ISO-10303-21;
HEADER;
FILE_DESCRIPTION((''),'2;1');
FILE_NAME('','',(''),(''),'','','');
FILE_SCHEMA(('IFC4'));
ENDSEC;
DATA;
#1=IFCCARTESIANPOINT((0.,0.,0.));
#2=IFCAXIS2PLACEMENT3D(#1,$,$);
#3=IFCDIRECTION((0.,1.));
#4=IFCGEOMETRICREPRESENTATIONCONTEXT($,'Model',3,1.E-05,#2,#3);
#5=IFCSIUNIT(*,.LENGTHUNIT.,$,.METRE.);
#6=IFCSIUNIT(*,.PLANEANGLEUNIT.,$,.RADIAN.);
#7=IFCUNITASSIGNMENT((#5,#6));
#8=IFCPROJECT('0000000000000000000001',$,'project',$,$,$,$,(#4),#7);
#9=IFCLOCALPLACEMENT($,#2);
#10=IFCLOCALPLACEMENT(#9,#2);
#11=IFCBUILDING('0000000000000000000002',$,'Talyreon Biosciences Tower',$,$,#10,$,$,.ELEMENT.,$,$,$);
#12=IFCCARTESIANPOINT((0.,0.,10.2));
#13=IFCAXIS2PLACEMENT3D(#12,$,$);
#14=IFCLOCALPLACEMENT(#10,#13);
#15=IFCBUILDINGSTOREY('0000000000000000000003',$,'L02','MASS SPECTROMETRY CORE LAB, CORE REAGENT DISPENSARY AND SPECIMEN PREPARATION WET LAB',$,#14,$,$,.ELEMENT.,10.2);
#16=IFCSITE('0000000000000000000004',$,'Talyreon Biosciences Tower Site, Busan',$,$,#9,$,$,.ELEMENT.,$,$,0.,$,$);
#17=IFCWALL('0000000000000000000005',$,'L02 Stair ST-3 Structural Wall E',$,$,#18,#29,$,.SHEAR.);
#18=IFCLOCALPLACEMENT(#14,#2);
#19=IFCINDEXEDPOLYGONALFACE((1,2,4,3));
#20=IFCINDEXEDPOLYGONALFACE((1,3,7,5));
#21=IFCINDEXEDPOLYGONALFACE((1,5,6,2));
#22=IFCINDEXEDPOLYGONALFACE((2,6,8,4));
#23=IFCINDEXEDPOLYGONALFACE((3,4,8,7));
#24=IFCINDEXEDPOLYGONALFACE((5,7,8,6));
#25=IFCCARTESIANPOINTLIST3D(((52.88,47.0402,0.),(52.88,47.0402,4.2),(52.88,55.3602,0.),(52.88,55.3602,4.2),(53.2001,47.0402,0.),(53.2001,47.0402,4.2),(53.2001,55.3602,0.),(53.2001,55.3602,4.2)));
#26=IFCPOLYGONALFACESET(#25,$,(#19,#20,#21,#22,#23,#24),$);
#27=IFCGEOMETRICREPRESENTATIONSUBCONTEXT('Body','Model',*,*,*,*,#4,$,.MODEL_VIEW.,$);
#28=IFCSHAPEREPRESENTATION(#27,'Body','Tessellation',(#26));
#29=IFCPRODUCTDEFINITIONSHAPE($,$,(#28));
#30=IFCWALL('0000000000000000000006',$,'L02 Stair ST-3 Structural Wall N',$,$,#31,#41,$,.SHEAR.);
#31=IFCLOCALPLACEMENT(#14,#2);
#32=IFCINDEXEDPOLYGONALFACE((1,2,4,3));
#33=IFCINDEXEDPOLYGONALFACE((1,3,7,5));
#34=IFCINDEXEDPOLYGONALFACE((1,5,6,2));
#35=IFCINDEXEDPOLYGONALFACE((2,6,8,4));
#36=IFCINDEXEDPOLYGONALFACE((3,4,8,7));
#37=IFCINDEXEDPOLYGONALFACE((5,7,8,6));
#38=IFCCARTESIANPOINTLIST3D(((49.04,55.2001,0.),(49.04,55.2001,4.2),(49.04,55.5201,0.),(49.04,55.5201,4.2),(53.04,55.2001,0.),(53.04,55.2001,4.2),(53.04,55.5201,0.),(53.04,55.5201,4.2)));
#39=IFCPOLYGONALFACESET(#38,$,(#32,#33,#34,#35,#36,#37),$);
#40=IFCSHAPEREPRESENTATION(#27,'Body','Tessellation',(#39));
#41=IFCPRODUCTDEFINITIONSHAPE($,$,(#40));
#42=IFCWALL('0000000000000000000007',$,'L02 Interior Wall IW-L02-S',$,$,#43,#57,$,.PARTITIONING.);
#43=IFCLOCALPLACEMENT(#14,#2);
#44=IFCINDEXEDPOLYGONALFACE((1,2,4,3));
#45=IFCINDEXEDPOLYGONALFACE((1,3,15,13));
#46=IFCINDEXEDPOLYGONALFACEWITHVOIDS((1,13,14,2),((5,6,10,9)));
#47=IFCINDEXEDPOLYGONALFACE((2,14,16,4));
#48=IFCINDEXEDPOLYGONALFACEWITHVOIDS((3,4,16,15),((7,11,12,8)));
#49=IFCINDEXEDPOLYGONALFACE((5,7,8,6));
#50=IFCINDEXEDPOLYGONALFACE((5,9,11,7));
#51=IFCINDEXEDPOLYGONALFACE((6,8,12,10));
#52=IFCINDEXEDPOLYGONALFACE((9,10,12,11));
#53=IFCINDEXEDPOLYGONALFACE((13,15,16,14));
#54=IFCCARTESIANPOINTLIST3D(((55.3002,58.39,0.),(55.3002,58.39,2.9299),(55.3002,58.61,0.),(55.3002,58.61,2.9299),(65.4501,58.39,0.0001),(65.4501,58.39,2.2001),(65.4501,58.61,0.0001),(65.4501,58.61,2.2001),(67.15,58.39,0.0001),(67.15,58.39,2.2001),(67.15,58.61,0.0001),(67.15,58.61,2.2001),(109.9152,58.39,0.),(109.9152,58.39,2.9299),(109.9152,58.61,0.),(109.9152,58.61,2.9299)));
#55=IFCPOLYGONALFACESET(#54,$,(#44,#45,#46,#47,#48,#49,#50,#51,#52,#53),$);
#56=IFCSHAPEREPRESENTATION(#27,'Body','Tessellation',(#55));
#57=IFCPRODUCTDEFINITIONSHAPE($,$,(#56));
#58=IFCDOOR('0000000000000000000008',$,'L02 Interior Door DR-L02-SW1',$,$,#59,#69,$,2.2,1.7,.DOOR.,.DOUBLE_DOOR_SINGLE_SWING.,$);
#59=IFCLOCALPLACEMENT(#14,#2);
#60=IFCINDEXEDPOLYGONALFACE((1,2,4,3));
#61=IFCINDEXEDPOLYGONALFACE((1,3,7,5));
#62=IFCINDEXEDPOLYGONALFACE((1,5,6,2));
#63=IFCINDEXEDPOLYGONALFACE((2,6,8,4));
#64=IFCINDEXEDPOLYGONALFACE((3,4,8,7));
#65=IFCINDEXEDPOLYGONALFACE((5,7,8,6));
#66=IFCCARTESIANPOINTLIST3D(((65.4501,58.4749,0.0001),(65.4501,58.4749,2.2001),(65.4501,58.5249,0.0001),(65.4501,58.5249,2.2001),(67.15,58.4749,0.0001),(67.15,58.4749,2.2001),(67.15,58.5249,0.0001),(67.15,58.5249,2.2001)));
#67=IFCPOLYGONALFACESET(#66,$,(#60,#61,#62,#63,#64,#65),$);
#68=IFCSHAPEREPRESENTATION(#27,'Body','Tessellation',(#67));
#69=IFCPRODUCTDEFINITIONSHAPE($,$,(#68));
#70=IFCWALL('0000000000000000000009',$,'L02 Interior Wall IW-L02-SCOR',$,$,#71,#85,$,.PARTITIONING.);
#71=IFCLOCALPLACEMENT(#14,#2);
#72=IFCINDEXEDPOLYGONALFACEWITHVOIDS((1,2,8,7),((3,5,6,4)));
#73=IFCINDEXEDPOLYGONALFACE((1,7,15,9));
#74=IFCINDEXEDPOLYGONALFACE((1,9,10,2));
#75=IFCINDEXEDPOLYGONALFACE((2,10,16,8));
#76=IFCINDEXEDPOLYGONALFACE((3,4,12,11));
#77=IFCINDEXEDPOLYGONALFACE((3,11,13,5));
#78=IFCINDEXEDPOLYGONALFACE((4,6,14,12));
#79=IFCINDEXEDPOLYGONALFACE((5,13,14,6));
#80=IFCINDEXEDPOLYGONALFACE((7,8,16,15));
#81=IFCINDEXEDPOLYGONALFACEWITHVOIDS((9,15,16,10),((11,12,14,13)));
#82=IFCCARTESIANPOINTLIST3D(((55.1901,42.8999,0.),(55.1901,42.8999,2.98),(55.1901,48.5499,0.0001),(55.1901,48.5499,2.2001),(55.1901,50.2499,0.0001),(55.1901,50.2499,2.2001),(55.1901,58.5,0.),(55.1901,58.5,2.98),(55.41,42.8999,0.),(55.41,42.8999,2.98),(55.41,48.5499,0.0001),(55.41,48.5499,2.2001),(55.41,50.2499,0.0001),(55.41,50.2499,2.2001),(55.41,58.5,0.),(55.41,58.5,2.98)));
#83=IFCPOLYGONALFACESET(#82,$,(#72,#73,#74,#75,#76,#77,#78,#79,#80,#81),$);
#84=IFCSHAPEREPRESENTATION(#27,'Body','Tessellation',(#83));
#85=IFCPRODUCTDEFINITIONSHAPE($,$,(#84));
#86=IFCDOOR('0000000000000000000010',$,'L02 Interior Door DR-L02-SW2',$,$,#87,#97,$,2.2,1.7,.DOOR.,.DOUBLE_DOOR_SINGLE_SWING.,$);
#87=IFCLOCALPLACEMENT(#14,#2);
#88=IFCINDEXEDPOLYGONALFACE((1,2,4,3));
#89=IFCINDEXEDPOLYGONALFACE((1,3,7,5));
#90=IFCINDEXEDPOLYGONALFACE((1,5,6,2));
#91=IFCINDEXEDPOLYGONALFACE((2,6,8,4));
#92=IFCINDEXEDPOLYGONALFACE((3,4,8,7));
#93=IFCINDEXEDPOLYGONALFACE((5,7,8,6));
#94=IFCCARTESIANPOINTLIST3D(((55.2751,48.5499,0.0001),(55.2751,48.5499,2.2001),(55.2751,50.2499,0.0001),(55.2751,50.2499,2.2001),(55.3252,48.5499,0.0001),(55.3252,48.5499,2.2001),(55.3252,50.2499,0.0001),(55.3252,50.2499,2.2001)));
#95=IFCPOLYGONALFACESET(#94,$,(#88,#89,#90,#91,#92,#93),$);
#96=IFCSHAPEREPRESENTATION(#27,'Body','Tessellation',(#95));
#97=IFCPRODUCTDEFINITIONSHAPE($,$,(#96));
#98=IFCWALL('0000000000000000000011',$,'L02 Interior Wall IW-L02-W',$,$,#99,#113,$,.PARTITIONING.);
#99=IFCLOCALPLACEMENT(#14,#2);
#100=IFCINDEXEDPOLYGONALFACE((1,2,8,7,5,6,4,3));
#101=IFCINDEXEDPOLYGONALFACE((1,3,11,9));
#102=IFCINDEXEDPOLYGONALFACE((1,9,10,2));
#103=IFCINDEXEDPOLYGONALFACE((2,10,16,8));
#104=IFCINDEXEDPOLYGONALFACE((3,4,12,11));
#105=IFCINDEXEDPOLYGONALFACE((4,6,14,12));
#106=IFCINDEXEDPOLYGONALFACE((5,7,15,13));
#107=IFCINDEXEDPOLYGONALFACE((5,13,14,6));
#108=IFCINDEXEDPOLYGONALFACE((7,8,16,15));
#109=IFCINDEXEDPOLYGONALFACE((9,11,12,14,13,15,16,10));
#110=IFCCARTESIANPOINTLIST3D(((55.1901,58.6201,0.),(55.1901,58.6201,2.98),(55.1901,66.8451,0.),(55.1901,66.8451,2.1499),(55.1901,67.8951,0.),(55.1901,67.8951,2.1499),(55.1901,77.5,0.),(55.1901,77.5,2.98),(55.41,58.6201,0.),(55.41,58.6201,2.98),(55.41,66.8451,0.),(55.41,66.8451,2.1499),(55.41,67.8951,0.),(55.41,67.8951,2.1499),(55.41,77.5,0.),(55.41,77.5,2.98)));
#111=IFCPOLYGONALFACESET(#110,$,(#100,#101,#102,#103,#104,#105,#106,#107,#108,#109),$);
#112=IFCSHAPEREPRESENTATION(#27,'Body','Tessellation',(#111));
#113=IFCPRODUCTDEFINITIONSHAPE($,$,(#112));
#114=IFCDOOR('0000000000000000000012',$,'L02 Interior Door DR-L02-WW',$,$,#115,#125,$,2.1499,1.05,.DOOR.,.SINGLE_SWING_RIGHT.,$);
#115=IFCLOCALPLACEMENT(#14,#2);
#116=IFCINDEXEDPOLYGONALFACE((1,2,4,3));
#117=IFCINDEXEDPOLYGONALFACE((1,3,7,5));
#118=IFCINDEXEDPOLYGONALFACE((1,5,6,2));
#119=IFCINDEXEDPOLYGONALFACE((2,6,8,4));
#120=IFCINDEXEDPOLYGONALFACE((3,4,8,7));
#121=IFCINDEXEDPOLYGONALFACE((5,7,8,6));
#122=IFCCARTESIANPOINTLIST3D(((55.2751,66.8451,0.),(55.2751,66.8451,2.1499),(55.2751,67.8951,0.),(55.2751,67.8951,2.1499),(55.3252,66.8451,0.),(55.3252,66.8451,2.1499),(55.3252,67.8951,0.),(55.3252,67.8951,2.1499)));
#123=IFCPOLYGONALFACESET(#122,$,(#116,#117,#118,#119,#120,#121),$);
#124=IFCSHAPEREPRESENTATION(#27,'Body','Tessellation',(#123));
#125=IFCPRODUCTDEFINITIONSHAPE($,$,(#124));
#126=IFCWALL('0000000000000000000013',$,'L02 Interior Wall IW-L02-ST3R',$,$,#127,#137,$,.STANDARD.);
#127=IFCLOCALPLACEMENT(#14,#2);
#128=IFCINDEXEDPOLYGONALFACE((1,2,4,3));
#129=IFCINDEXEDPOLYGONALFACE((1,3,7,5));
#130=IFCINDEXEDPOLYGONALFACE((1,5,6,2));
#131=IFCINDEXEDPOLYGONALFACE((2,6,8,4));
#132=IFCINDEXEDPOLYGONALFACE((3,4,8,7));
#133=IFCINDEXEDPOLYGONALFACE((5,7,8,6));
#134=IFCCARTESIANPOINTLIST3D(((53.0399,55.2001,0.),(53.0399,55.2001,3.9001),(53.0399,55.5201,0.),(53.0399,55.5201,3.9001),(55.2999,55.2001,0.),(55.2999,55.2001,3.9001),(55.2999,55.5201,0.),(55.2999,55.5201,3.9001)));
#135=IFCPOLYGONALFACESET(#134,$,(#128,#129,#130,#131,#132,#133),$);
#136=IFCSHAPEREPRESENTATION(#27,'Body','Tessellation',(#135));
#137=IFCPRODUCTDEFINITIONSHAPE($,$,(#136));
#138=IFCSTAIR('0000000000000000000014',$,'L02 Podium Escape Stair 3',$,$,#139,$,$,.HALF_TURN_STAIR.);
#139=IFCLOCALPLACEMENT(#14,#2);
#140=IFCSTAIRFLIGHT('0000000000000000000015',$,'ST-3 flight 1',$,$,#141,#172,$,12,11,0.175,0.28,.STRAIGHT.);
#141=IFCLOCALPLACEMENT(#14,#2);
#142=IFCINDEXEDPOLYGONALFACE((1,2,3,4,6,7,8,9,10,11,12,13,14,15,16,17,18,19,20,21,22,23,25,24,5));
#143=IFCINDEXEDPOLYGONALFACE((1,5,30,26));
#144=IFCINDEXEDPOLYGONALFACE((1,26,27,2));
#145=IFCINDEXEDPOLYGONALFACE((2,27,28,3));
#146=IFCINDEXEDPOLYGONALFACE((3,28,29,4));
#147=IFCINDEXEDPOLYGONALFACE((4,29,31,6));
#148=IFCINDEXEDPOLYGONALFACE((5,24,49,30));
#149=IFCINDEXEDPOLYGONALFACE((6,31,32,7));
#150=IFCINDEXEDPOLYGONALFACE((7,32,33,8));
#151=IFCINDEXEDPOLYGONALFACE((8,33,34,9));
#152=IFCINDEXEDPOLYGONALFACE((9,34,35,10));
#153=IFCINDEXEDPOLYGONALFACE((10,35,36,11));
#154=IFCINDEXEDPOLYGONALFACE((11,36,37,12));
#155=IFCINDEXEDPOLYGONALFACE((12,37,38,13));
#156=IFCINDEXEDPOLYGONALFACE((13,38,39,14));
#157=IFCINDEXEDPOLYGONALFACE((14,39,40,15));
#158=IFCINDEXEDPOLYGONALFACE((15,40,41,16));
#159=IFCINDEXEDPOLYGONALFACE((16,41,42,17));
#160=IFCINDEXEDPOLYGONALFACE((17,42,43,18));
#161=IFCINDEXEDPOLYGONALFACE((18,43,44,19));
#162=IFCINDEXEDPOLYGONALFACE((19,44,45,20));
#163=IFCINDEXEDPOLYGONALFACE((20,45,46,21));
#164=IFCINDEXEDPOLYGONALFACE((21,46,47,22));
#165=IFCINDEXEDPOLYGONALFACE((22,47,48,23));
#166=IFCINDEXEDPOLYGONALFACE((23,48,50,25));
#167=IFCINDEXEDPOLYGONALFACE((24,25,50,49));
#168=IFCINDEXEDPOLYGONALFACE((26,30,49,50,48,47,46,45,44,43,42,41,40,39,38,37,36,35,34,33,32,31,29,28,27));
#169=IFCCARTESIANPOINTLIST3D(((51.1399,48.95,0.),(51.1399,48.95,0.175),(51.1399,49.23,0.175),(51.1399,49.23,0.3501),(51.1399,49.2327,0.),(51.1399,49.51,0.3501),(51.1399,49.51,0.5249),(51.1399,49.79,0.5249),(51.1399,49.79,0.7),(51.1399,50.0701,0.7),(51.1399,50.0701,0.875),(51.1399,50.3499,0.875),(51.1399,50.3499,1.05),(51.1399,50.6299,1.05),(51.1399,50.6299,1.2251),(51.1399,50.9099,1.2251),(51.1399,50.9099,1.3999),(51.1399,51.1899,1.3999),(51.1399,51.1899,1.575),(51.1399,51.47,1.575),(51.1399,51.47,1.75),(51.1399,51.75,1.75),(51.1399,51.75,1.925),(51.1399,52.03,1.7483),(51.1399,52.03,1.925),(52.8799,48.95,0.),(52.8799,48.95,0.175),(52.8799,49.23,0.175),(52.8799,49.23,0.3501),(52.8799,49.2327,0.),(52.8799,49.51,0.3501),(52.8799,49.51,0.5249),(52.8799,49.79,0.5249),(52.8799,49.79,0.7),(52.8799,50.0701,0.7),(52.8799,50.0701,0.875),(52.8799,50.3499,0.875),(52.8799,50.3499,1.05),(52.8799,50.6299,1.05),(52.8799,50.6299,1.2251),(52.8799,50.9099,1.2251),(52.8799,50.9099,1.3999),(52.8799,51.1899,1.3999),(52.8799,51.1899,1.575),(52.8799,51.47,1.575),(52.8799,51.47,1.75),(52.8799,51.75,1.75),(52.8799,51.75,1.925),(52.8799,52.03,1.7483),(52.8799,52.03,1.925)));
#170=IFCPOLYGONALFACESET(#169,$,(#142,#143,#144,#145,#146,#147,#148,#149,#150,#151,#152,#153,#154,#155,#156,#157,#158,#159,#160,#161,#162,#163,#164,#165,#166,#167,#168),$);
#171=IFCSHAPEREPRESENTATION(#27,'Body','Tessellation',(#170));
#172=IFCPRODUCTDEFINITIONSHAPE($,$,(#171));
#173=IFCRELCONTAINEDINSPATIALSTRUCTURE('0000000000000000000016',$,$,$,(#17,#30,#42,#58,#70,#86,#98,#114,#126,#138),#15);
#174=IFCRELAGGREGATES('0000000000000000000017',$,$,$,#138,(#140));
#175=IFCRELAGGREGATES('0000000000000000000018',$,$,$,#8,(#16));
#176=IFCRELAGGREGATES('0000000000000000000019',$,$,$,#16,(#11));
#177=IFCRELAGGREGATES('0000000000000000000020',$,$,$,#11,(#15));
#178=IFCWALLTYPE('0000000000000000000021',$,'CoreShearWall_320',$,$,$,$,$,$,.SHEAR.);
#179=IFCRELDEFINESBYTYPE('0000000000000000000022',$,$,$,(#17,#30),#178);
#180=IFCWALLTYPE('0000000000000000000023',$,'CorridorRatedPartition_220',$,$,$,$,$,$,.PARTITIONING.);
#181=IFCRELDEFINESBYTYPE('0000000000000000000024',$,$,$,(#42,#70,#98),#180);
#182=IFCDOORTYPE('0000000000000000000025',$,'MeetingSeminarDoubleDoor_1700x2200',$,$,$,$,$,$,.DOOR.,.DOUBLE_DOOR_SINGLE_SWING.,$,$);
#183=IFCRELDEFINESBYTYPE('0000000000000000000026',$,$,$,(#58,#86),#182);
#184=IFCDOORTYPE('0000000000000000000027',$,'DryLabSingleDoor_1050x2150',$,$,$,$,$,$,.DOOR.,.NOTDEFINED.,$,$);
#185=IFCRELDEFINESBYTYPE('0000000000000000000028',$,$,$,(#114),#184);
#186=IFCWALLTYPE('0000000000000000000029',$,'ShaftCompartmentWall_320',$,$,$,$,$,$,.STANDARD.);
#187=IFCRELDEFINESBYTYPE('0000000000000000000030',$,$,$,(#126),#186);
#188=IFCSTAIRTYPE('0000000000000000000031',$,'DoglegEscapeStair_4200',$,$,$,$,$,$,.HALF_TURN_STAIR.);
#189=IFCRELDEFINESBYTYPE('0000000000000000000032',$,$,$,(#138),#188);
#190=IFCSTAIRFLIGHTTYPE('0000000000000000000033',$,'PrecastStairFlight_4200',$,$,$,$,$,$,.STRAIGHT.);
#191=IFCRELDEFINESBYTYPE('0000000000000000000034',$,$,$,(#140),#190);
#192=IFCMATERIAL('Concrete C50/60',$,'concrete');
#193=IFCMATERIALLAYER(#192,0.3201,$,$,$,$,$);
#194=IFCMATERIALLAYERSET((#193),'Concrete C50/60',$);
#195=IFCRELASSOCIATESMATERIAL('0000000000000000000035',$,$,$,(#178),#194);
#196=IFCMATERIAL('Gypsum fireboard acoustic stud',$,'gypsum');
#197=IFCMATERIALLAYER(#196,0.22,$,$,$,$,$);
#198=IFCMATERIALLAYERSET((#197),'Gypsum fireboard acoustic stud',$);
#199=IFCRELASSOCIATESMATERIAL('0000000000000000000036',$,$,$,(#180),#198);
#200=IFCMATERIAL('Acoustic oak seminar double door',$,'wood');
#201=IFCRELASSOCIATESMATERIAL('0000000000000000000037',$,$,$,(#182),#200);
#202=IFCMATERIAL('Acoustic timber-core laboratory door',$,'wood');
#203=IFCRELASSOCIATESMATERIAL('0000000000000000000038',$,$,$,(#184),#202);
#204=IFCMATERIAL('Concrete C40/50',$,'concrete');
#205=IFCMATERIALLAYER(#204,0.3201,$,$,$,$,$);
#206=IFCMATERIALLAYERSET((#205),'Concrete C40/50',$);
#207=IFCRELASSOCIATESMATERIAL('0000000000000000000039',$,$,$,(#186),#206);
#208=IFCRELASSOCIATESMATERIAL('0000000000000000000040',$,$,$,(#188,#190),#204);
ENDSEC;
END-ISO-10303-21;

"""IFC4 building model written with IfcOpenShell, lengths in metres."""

from ifc_helpers import new_model, si_unit, direction, frame, frame_2d, origin, place, context, subcontext, project, spatial, polyline, rectangle, outline, extrude, material, layer, layer_set, type_object, element, fill, aggregate, save


model = new_model("IFC4")

# Units and contexts
model_context = context("Model", 3, precision=1e-05, world=origin(), true_north=direction((0.0, 1.0)))
body_context = subcontext(model_context, "Body", "Model", "MODEL_VIEW")
ifc_project = project(units=[si_unit("LENGTHUNIT", "METRE"), si_unit("PLANEANGLEUNIT", "RADIAN")], contexts=[model_context])

# Site, building, storey
site_placement = place(None, origin())
site = spatial("IfcSite", under=ifc_project, at=site_placement, Name="Talyreon Biosciences Tower Site, Busan", CompositionType="ELEMENT", RefElevation=0.0)
building_placement = place(site_placement, origin())
building = spatial("IfcBuilding", under=site, at=building_placement, Name="Talyreon Biosciences Tower", CompositionType="ELEMENT")
storey_placement = place(building_placement, frame((0.0, 0.0, 10.2)))
storey = spatial("IfcBuildingStorey", under=building, at=storey_placement, Name="L02", Description="MASS SPECTROMETRY CORE LAB, CORE REAGENT DISPENSARY AND SPECIMEN PREPARATION WET LAB", CompositionType="ELEMENT", Elevation=10.2)

# Walls
ifc_material_1 = material(Name="Concrete C50/60", Category="concrete")
ifc_layer_1 = layer(ifc_material_1, 0.3201)
ifc_layer_set_1 = layer_set([ifc_layer_1], Name="Concrete C50/60")
wall_type_1 = type_object("IfcWallType", Name="CoreShearWall_320", PredefinedType="SHEAR", material=ifc_layer_set_1)
wall_1_placement = place(storey_placement, frame((53.04, 47.04, 0.0), z_axis=(0.0, 0.0, 1.0), x_axis=(0.0, 1.0, 0.0)))
element("IfcWall", 1, at=wall_1_placement, inside=storey, type_object=wall_type_1, Name="L02 Stair ST-3 Structural Wall E", PredefinedType="SHEAR", context=body_context, shape_type="SweptSolid", body=[
    extrude(rectangle(XDim=8.3201, YDim=0.3201, at=frame_2d((4.1602, 0.0))), origin(), (0.0, 0.0, 1.0), 4.2),
])
wall_2_placement = place(storey_placement, frame((49.04, 55.3601, 0.0), z_axis=(0.0, 0.0, 1.0), x_axis=(1.0, 0.0, 0.0)))
element("IfcWall", 2, at=wall_2_placement, inside=storey, type_object=wall_type_1, Name="L02 Stair ST-3 Structural Wall N", PredefinedType="SHEAR", context=body_context, shape_type="SweptSolid", body=[
    extrude(rectangle(XDim=4.0, YDim=0.3201, at=frame_2d((2.0, 0.0))), origin(), (0.0, 0.0, 1.0), 4.2),
])

# Walls, openings, doors
ifc_material_2 = material(Name="Gypsum fireboard acoustic stud", Category="gypsum")
ifc_layer_2 = layer(ifc_material_2, 0.22)
ifc_layer_set_2 = layer_set([ifc_layer_2], Name="Gypsum fireboard acoustic stud")
wall_type_2 = type_object("IfcWallType", Name="CorridorRatedPartition_220", PredefinedType="PARTITIONING", material=ifc_layer_set_2)
wall_3_placement = place(storey_placement, frame((55.3, 58.5, 0.0), z_axis=(0.0, 0.0, 1.0), x_axis=(1.0, 0.0, 0.0)))
wall_3 = element("IfcWall", 3, at=wall_3_placement, inside=storey, type_object=wall_type_2, Name="L02 Interior Wall IW-L02-S", PredefinedType="PARTITIONING", context=body_context, shape_type="SweptSolid", body=[
    extrude(rectangle(XDim=54.615, YDim=0.22, at=frame_2d((27.3076, 0.0))), origin(), (0.0, 0.0, 1.0), 2.9299),
])
opening_1_placement = place(wall_3_placement, frame((10.1499, 0.0, 0.0)))
opening_1 = element("IfcOpeningElement", 4, at=opening_1_placement, cuts=wall_3, PredefinedType="OPENING", context=body_context, shape_type="SweptSolid", body=[
    extrude(rectangle(XDim=1.7, YDim=2.2, at=frame_2d((0.8501, 1.1001))), frame((0.0, 0.1199, 0.0), z_axis=(0.0, -1.0, 0.0), x_axis=(1.0, 0.0, 0.0)), (0.0, 0.0, 1.0), 0.24),
])
ifc_material_3 = material(Name="Acoustic oak seminar double door", Category="wood")
door_type_1 = type_object("IfcDoorType", Name="MeetingSeminarDoubleDoor_1700x2200", OperationType="DOUBLE_DOOR_SINGLE_SWING", PredefinedType="DOOR", material=ifc_material_3)
door_1_placement = place(opening_1_placement, origin())
door_1 = element("IfcDoor", 5, at=door_1_placement, inside=storey, type_object=door_type_1, Name="L02 Interior Door DR-L02-SW1", OperationType="DOUBLE_DOOR_SINGLE_SWING", OverallHeight=2.2, OverallWidth=1.7, PredefinedType="DOOR", context=body_context, shape_type="SweptSolid", body=[
    extrude(rectangle(XDim=1.7, YDim=2.2, at=frame_2d((0.8501, 1.1001))), frame((0.0, 0.0249, 0.0), z_axis=(0.0, -1.0, 0.0), x_axis=(1.0, 0.0, 0.0)), (0.0, 0.0, 1.0), 0.05),
])
fill(opening_1, door_1)
wall_4_placement = place(storey_placement, frame((55.3, 42.8999, 0.0), z_axis=(0.0, 0.0, 1.0), x_axis=(0.0, 1.0, 0.0)))
wall_4 = element("IfcWall", 6, at=wall_4_placement, inside=storey, type_object=wall_type_2, Name="L02 Interior Wall IW-L02-SCOR", PredefinedType="PARTITIONING", context=body_context, shape_type="SweptSolid", body=[
    extrude(rectangle(XDim=15.6001, YDim=0.22, at=frame_2d((7.8, 0.0))), origin(), (0.0, 0.0, 1.0), 2.98),
])
opening_2_placement = place(wall_4_placement, frame((5.6499, 0.0, 0.0)))
opening_2 = element("IfcOpeningElement", 7, at=opening_2_placement, cuts=wall_4, PredefinedType="OPENING", context=body_context, shape_type="SweptSolid", body=[
    extrude(rectangle(XDim=1.7, YDim=2.2, at=frame_2d((0.8501, 1.1001))), frame((0.0, 0.1199, 0.0), z_axis=(0.0, -1.0, 0.0), x_axis=(1.0, 0.0, 0.0)), (0.0, 0.0, 1.0), 0.24),
])
door_2_placement = place(opening_2_placement, origin())
door_2 = element("IfcDoor", 8, at=door_2_placement, inside=storey, type_object=door_type_1, Name="L02 Interior Door DR-L02-SW2", OperationType="DOUBLE_DOOR_SINGLE_SWING", OverallHeight=2.2, OverallWidth=1.7, PredefinedType="DOOR", context=body_context, shape_type="SweptSolid", body=[
    extrude(rectangle(XDim=1.7, YDim=2.2, at=frame_2d((0.8501, 1.1001))), frame((0.0, 0.0249, 0.0), z_axis=(0.0, -1.0, 0.0), x_axis=(1.0, 0.0, 0.0)), (0.0, 0.0, 1.0), 0.05),
])
fill(opening_2, door_2)
wall_5_placement = place(storey_placement, frame((55.3, 58.6201, 0.0), z_axis=(0.0, 0.0, 1.0), x_axis=(0.0, 1.0, 0.0)))
wall_5 = element("IfcWall", 9, at=wall_5_placement, inside=storey, type_object=wall_type_2, Name="L02 Interior Wall IW-L02-W", PredefinedType="PARTITIONING", context=body_context, shape_type="SweptSolid", body=[
    extrude(rectangle(XDim=18.8799, YDim=0.22, at=frame_2d((9.4399, 0.0))), origin(), (0.0, 0.0, 1.0), 2.98),
])
opening_3_placement = place(wall_5_placement, frame((8.2251, 0.0, 0.0)))
opening_3 = element("IfcOpeningElement", 10, at=opening_3_placement, cuts=wall_5, PredefinedType="OPENING", context=body_context, shape_type="SweptSolid", body=[
    extrude(rectangle(XDim=1.05, YDim=2.1499, at=frame_2d((0.5249, 1.075))), frame((0.0, 0.1199, 0.0), z_axis=(0.0, -1.0, 0.0), x_axis=(1.0, 0.0, 0.0)), (0.0, 0.0, 1.0), 0.24),
])
ifc_material_4 = material(Name="Acoustic timber-core laboratory door", Category="wood")
door_type_2 = type_object("IfcDoorType", Name="DryLabSingleDoor_1050x2150", OperationType="NOTDEFINED", PredefinedType="DOOR", material=ifc_material_4)
door_3_placement = place(opening_3_placement, origin())
door_3 = element("IfcDoor", 11, at=door_3_placement, inside=storey, type_object=door_type_2, Name="L02 Interior Door DR-L02-WW", OperationType="SINGLE_SWING_RIGHT", OverallHeight=2.1499, OverallWidth=1.05, PredefinedType="DOOR", context=body_context, shape_type="SweptSolid", body=[
    extrude(rectangle(XDim=1.05, YDim=2.1499, at=frame_2d((0.5249, 1.075))), frame((0.0, 0.0249, 0.0), z_axis=(0.0, -1.0, 0.0), x_axis=(1.0, 0.0, 0.0)), (0.0, 0.0, 1.0), 0.05),
])
fill(opening_3, door_3)

# Wall
ifc_material_5 = material(Name="Concrete C40/50", Category="concrete")
ifc_layer_3 = layer(ifc_material_5, 0.3201)
ifc_layer_set_3 = layer_set([ifc_layer_3], Name="Concrete C40/50")
wall_type_3 = type_object("IfcWallType", Name="ShaftCompartmentWall_320", PredefinedType="STANDARD", material=ifc_layer_set_3)
wall_6_placement = place(storey_placement, frame((53.04, 55.3601, 0.0), z_axis=(0.0, 0.0, 1.0), x_axis=(1.0, 0.0, 0.0)))
element("IfcWall", 12, at=wall_6_placement, inside=storey, type_object=wall_type_3, Name="L02 Interior Wall IW-L02-ST3R", PredefinedType="STANDARD", context=body_context, shape_type="SweptSolid", body=[
    extrude(rectangle(XDim=2.26, YDim=0.3201, at=frame_2d((1.1299, 0.0))), origin(), (0.0, 0.0, 1.0), 3.9001),
])

# Stair, stair flight
stair_type = type_object("IfcStairType", Name="DoglegEscapeStair_4200", PredefinedType="HALF_TURN_STAIR", material=ifc_material_5)
stair_placement = place(storey_placement, origin())
stair = element("IfcStair", 13, at=stair_placement, inside=storey, type_object=stair_type, Name="L02 Podium Escape Stair 3", PredefinedType="HALF_TURN_STAIR")
stair_flight_type = type_object("IfcStairFlightType", Name="PrecastStairFlight_4200", PredefinedType="STRAIGHT", material=ifc_material_5)
stair_flight_1_placement = place(storey_placement, frame((52.01, 48.95, 0.0), z_axis=(0.0, 0.0, 1.0), x_axis=(0.0, 1.0, 0.0)))
stair_flight_1 = element("IfcStairFlight", 14, at=stair_flight_1_placement, type_object=stair_flight_type, Name="ST-3 flight 1", NumberOfRisers=12, NumberOfTreads=11, PredefinedType="STRAIGHT", RiserHeight=0.175, TreadLength=0.28, context=body_context, shape_type="SweptSolid", body=[
    extrude(outline(polyline([(0.0, 0.0), (0.0, 0.175), (0.28, 0.175), (0.28, 0.3501), (0.5601, 0.3501), (0.5601, 0.5249), (0.8401, 0.5249), (0.8401, 0.7), (1.1201, 0.7), (1.1201, 0.875), (1.3999, 0.875), (1.3999, 1.05), (1.6799, 1.05), (1.6799, 1.2251), (1.96, 1.2251), (1.96, 1.3999), (2.24, 1.3999), (2.24, 1.575), (2.52, 1.575), (2.52, 1.75), (2.8, 1.75), (2.8, 1.925), (3.0801, 1.925), (3.0801, 2.1001), (3.0801, 1.7483), (0.2827, 0.0), (0.0, 0.0)])), frame((0.0, 0.8701, 0.0), z_axis=(0.0, -1.0, 0.0), x_axis=(1.0, 0.0, 0.0)), (0.0, 0.0, 1.0), 1.74),
])
aggregate(stair, [stair_flight_1])

save(model, "model.ifc")
